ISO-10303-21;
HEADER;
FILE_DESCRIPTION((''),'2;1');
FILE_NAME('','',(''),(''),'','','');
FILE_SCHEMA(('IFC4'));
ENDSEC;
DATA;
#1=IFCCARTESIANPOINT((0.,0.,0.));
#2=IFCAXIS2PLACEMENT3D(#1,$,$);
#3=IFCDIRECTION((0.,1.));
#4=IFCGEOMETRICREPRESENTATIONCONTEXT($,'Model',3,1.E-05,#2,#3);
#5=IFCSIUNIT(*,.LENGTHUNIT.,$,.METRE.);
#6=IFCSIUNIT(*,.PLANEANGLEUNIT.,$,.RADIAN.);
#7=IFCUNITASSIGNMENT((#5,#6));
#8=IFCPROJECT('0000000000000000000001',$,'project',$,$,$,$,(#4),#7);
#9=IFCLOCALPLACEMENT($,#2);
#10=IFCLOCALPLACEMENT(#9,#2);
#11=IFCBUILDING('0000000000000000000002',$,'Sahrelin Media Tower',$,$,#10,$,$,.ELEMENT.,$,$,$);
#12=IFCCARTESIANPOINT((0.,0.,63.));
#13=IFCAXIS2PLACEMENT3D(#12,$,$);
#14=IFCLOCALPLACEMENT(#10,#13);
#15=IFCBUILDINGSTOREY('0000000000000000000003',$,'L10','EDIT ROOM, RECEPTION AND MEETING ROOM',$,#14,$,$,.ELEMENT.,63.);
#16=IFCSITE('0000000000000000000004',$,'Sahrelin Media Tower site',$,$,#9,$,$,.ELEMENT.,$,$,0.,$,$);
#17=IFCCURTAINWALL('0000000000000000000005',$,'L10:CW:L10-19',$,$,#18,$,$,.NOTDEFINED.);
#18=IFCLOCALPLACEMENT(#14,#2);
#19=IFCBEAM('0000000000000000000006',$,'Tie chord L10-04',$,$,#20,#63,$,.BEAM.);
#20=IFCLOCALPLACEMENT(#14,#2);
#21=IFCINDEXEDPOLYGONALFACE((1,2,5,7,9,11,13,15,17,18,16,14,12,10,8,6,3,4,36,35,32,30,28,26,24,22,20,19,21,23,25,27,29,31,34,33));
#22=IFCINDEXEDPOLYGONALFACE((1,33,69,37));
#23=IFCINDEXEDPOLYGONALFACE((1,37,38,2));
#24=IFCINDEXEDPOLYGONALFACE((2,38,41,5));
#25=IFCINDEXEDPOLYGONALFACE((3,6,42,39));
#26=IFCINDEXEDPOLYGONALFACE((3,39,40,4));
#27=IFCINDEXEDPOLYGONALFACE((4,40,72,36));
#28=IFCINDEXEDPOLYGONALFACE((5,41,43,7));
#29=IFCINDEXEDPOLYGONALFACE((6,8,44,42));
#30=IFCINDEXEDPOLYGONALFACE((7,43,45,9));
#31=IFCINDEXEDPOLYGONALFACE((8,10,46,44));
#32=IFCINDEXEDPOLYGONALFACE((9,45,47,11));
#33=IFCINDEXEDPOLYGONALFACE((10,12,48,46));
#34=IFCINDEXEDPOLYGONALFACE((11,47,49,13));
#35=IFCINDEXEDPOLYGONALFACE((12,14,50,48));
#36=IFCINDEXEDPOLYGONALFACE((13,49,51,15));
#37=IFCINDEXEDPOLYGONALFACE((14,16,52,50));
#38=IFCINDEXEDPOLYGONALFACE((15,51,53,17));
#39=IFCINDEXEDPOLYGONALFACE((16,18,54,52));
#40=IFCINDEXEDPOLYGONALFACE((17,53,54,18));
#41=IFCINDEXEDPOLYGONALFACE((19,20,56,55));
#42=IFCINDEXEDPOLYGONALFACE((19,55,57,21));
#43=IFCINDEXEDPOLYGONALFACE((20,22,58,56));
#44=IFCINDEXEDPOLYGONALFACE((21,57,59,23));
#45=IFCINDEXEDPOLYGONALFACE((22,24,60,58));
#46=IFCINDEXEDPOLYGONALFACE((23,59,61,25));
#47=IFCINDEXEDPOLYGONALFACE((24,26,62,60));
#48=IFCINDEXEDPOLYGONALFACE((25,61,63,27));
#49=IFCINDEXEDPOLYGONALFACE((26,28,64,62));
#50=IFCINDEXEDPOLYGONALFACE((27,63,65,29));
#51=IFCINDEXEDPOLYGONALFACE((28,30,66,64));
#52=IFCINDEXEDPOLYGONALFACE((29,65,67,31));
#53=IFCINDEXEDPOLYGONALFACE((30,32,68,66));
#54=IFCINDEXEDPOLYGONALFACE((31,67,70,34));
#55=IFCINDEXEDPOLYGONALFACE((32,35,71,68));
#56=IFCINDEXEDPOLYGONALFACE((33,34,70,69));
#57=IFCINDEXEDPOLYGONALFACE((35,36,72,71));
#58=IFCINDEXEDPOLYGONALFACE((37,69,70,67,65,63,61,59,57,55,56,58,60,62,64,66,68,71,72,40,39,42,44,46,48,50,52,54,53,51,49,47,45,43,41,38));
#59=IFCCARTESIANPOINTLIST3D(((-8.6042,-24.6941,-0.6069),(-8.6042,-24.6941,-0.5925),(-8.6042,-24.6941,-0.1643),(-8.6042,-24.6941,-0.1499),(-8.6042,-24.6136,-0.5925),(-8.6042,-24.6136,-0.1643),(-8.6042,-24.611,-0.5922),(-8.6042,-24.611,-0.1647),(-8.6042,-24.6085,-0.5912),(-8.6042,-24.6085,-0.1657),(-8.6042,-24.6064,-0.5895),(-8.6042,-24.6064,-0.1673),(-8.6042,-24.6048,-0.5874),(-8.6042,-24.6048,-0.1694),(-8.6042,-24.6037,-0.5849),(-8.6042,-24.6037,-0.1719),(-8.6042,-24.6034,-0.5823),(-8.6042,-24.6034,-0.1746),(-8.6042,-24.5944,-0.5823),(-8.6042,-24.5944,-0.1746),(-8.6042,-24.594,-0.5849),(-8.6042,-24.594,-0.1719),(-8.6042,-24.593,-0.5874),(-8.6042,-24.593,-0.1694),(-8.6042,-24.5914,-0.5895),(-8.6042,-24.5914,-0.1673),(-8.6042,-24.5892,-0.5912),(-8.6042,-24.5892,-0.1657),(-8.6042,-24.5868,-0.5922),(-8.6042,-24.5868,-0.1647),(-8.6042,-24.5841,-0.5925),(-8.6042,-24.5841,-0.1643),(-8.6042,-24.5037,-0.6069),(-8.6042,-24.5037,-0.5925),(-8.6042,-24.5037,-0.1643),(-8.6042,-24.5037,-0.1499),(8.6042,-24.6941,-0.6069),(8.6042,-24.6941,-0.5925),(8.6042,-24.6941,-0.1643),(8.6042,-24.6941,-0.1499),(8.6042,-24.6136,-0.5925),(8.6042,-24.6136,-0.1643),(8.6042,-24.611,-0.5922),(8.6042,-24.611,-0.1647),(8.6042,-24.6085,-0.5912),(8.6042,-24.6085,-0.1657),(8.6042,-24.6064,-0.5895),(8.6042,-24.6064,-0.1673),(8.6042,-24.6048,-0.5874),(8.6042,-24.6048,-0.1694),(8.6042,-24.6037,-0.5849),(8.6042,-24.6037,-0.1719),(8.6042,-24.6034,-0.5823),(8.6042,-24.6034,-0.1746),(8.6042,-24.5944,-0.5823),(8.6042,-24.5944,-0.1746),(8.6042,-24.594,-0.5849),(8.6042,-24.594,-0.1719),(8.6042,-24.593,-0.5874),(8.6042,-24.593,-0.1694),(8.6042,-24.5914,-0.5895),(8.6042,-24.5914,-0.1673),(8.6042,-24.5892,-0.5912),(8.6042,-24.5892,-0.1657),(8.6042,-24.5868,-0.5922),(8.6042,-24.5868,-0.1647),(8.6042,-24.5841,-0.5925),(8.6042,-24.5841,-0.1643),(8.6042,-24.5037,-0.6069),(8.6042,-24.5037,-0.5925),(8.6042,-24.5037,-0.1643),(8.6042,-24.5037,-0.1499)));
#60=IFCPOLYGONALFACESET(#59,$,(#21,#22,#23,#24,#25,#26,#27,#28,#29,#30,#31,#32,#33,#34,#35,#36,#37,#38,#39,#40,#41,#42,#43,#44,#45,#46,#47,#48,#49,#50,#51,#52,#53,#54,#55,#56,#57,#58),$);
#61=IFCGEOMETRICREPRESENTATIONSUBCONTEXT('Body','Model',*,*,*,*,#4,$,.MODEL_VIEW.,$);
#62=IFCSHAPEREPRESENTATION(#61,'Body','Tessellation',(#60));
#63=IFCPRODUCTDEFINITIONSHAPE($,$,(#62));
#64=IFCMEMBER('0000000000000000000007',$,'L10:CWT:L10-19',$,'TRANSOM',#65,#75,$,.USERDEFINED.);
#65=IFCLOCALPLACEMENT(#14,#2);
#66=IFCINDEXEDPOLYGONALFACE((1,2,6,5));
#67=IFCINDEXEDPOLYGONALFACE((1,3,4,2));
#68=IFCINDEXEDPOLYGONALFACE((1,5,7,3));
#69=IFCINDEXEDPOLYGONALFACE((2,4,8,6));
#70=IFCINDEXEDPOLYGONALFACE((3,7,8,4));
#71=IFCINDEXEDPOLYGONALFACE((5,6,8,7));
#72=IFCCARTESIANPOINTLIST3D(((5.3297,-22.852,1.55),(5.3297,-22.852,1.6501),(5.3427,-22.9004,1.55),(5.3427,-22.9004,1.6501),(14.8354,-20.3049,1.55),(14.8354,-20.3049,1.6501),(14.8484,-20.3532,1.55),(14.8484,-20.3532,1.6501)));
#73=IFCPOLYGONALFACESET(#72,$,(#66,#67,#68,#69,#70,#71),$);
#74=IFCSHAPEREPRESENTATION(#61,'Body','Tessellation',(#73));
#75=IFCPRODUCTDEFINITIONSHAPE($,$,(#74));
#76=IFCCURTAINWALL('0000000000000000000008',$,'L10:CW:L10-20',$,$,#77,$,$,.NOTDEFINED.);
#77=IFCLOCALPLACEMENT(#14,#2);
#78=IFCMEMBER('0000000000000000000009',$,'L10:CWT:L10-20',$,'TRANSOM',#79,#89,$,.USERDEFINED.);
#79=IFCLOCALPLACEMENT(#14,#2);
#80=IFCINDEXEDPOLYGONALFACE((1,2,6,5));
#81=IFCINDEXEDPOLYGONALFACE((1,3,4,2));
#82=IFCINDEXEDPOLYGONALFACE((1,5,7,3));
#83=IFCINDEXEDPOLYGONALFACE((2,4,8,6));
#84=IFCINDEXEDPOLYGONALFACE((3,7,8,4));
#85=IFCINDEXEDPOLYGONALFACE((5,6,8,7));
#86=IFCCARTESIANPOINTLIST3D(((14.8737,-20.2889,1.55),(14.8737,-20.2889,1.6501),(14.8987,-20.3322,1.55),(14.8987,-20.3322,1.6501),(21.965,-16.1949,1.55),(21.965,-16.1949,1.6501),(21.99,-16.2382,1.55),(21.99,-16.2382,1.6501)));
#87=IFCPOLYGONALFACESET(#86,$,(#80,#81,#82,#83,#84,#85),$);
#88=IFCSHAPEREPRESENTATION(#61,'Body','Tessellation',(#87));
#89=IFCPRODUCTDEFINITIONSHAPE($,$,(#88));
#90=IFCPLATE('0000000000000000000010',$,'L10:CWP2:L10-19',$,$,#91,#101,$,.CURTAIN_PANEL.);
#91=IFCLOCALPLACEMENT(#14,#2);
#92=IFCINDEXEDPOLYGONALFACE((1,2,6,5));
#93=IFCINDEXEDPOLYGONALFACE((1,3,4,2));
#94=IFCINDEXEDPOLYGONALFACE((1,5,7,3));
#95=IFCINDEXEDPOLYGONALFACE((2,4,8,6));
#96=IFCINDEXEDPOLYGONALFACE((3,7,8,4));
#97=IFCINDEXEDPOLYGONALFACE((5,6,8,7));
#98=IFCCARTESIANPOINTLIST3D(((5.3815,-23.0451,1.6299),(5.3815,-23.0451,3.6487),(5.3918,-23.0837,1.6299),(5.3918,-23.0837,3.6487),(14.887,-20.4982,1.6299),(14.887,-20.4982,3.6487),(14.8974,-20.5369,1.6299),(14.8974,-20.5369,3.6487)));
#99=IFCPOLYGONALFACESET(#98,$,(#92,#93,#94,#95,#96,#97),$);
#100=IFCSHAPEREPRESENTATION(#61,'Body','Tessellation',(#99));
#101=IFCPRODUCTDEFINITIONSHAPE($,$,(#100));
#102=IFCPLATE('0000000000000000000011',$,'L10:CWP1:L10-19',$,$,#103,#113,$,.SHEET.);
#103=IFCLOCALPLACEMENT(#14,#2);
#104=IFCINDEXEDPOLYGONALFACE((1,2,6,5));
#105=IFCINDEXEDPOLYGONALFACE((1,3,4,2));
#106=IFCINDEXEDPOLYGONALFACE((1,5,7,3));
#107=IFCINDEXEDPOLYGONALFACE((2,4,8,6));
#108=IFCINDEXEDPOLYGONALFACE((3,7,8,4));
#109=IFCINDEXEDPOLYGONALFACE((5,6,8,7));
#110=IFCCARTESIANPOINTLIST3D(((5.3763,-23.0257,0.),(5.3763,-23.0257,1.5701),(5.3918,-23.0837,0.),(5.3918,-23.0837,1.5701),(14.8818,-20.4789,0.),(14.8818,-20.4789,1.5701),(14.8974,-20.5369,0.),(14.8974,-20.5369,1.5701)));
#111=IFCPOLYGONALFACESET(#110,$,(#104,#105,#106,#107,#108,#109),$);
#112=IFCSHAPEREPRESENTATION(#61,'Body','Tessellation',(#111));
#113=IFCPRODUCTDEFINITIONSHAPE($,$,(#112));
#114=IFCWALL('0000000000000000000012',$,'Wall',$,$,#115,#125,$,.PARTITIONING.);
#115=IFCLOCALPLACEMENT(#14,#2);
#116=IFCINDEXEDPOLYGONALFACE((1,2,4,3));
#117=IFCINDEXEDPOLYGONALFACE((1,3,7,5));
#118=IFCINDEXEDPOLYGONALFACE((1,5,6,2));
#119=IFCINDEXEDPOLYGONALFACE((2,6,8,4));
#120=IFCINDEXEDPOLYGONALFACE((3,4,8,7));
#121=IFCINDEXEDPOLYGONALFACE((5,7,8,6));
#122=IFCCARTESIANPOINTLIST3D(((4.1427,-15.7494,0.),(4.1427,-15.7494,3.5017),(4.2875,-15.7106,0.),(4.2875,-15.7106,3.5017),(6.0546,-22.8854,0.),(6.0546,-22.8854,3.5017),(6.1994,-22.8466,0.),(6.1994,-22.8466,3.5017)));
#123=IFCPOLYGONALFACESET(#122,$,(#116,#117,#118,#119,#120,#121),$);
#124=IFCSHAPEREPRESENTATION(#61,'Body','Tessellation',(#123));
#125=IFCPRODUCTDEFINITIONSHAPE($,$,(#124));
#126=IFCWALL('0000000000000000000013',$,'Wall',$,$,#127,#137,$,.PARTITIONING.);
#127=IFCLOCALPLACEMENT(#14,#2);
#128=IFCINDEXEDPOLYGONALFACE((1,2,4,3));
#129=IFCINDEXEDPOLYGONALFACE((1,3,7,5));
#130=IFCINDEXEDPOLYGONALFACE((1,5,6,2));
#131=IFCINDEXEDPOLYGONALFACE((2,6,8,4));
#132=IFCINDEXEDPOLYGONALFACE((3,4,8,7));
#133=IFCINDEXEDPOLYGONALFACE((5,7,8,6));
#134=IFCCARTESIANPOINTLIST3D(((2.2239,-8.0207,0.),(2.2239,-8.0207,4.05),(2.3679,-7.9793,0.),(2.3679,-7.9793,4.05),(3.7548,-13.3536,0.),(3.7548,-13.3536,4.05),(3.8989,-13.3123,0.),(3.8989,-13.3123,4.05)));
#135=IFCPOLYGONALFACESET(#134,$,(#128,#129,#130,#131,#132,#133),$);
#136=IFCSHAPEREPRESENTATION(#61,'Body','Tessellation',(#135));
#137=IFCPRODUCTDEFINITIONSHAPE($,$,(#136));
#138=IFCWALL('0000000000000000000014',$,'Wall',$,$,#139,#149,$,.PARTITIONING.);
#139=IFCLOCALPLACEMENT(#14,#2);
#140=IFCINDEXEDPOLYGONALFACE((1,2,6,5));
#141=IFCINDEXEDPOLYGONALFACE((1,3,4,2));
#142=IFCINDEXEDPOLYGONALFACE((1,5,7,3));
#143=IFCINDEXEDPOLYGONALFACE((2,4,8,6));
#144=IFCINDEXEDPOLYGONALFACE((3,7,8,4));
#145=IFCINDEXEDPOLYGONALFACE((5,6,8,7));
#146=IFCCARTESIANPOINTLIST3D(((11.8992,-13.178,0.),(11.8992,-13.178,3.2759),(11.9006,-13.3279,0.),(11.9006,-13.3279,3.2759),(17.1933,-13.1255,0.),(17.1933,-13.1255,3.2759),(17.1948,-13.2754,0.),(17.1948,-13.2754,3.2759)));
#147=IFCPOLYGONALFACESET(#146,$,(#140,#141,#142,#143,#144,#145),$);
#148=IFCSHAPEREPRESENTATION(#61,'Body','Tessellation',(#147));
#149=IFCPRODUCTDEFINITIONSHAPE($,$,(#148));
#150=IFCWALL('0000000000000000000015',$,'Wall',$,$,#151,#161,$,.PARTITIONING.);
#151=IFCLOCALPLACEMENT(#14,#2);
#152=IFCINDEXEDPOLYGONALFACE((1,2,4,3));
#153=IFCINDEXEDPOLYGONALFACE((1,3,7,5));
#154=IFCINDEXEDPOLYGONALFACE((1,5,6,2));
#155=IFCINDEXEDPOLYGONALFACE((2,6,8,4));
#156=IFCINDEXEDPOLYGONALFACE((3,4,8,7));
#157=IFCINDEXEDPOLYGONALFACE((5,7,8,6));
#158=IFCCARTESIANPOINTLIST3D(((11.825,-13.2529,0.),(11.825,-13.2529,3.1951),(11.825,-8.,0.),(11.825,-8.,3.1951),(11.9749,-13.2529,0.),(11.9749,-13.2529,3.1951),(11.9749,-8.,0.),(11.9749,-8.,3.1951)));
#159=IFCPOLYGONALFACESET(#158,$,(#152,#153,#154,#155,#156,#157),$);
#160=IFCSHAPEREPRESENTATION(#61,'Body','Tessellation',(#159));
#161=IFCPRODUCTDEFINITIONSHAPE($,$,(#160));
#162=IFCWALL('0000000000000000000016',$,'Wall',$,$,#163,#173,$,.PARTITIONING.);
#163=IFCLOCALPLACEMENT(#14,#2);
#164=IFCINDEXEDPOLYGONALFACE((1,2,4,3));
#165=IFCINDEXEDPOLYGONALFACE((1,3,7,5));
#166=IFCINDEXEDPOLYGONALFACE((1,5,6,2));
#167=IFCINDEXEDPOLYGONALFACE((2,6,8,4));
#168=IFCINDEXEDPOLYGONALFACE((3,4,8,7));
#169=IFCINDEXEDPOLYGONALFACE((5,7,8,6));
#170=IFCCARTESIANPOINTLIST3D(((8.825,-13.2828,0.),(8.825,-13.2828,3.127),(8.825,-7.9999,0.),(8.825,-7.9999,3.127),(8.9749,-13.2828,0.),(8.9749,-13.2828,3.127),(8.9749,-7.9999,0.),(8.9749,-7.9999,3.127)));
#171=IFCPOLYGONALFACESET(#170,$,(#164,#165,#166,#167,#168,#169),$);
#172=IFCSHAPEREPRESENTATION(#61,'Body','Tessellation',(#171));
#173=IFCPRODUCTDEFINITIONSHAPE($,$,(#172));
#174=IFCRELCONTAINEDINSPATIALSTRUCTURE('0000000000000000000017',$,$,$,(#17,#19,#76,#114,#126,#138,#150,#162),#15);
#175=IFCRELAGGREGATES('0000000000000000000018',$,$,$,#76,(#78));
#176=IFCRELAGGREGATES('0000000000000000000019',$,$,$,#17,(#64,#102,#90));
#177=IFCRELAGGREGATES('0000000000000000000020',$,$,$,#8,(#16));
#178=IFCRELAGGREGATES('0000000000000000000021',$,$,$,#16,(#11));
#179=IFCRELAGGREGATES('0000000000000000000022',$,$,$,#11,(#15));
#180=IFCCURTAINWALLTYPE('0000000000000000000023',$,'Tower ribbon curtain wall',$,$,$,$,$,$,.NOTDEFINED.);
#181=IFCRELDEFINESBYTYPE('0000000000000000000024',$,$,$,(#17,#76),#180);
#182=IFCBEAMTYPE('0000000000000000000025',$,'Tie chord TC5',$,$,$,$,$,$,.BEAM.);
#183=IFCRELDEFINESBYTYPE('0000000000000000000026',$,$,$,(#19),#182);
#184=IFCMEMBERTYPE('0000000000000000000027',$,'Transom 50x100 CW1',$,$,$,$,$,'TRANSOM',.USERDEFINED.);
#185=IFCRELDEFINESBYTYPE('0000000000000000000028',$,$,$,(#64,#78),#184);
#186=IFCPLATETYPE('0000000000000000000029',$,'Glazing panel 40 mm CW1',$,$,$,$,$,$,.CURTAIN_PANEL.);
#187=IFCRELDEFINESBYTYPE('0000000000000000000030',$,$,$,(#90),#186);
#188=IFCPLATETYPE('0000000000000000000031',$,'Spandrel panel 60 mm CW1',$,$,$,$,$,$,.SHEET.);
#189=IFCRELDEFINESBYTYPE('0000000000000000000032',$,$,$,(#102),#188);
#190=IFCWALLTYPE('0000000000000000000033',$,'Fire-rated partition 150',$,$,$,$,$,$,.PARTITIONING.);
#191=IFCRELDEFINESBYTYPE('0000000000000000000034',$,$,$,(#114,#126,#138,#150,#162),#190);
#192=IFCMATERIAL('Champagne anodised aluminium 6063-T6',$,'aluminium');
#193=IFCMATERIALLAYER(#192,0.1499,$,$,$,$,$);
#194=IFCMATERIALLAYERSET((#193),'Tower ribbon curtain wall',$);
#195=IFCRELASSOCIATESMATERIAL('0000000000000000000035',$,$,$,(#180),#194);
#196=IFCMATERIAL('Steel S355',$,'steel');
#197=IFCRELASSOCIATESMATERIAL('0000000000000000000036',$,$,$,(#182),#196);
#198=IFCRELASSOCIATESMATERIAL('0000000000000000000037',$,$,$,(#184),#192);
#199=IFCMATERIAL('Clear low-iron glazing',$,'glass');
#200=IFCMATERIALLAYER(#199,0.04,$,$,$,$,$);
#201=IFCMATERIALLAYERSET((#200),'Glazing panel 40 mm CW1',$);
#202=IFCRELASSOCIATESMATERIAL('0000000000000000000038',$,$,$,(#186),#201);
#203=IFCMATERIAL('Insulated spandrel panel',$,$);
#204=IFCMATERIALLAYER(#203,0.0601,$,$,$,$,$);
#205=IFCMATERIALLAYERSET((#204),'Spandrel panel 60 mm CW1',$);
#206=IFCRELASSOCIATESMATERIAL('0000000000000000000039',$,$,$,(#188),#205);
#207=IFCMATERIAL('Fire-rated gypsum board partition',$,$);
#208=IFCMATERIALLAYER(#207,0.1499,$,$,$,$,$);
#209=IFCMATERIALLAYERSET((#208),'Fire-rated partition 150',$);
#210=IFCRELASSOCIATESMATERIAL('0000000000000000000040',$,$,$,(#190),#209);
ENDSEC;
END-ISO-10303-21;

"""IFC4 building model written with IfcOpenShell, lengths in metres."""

from ifc_helpers import new_model, si_unit, direction, frame, frame_2d, origin, origin_2d, place, context, subcontext, project, spatial, polyline, rectangle, i_section, outline, extrude, material, layer, layer_set, material_profile, profile_set, type_object, element, aggregate, save


model = new_model("IFC4")

# Units and contexts
model_context = context("Model", 3, precision=1e-05, world=origin(), true_north=direction((0.0, 1.0)))
body_context = subcontext(model_context, "Body", "Model", "MODEL_VIEW")
ifc_project = project(units=[si_unit("LENGTHUNIT", "METRE"), si_unit("PLANEANGLEUNIT", "RADIAN")], contexts=[model_context])

# Site, building, storey
site_placement = place(None, origin())
site = spatial("IfcSite", under=ifc_project, at=site_placement, Name="Sahrelin Media Tower site", CompositionType="ELEMENT", RefElevation=0.0)
building_placement = place(site_placement, origin())
building = spatial("IfcBuilding", under=site, at=building_placement, Name="Sahrelin Media Tower", CompositionType="ELEMENT")
storey_placement = place(building_placement, frame((0.0, 0.0, 63.0)))
storey = spatial("IfcBuildingStorey", under=building, at=storey_placement, Name="L10", Description="EDIT ROOM, RECEPTION AND MEETING ROOM", CompositionType="ELEMENT", Elevation=63.0)

# Shared definitions
ifc_material_1 = material(Name="Steel S355", Category="steel")

# Curtain wall
ifc_material_2 = material(Name="Champagne anodised aluminium 6063-T6", Category="aluminium")
ifc_layer_1 = layer(ifc_material_2, 0.1499)
ifc_layer_set_1 = layer_set([ifc_layer_1], Name="Tower ribbon curtain wall")
curtain_wall_type = type_object("IfcCurtainWallType", Name="Tower ribbon curtain wall", PredefinedType="NOTDEFINED", material=ifc_layer_set_1)
curtain_wall_1_placement = place(storey_placement, frame((10.1394, -21.791, 0.0), z_axis=(0.0, 0.0, 1.0), x_axis=(1.0, 0.0, 0.0)))
curtain_wall_1 = element("IfcCurtainWall", 1, at=curtain_wall_1_placement, inside=storey, type_object=curtain_wall_type, Name="L10:CW:L10-19", PredefinedType="NOTDEFINED")

# Beam
ifc_material_profile_1 = material_profile(ifc_material_1, i_section(OverallWidth=0.1904, OverallDepth=0.457, WebThickness=0.009, FlangeThickness=0.0144, FilletRadius=0.0103, at=origin_2d()), Name="UB 457x191x74")
ifc_profile_set_1 = profile_set([ifc_material_profile_1], Name="Steel S355")
beam_type_1 = type_object("IfcBeamType", Name="Tie chord TC5", PredefinedType="BEAM", material=ifc_profile_set_1)
beam_1_placement = place(storey_placement, frame((8.6042, -24.5989, -0.3784), z_axis=(-1.0, 0.0, 0.0), x_axis=(0.0, -1.0, 0.0)))
element("IfcBeam", 2, at=beam_1_placement, inside=storey, type_object=beam_type_1, Name="Tie chord L10-04", PredefinedType="BEAM", context=body_context, shape_type="SweptSolid", body=[
    extrude(i_section(OverallWidth=0.1904, OverallDepth=0.457, WebThickness=0.009, FlangeThickness=0.0144, FilletRadius=0.0103, at=origin_2d()), origin(), (0.0, 0.0, 1.0), 17.2085),
])

# Member
ifc_material_profile_2 = material_profile(ifc_material_2, rectangle(XDim=0.05, YDim=0.1001, at=origin_2d()), Name="Transom 50x100")
ifc_profile_set_2 = profile_set([ifc_material_profile_2], Name="Champagne anodised aluminium 6063-T6")
member_type_1 = type_object("IfcMemberType", Name="Transom 50x100 CW1", ElementType="TRANSOM", PredefinedType="USERDEFINED", material=ifc_profile_set_2)
member_1_placement = place(storey_placement, frame((5.3362, -22.8762, 1.6001), z_axis=(0.965923, 0.258828, 0.0), x_axis=(-0.258828, 0.965923, 0.0)))
member_1 = element("IfcMember", 3, at=member_1_placement, type_object=member_type_1, Name="L10:CWT:L10-19", ObjectType="TRANSOM", PredefinedType="USERDEFINED", context=body_context, shape_type="SweptSolid", body=[
    extrude(rectangle(XDim=0.05, YDim=0.1001, at=origin_2d()), origin(), (0.0, 0.0, 1.0), 9.8411),
])

# Curtain wall, member
curtain_wall_2_placement = place(storey_placement, frame((18.5293, -18.4326, 0.0), z_axis=(0.0, 0.0, 1.0), x_axis=(1.0, 0.0, 0.0)))
curtain_wall_2 = element("IfcCurtainWall", 4, at=curtain_wall_2_placement, inside=storey, type_object=curtain_wall_type, Name="L10:CW:L10-20", PredefinedType="NOTDEFINED")
member_2_placement = place(storey_placement, frame((14.8862, -20.3105, 1.6001), z_axis=(0.866035, 0.499984, 0.0), x_axis=(-0.499984, 0.866035, 0.0)))
member_2 = element("IfcMember", 5, at=member_2_placement, type_object=member_type_1, Name="L10:CWT:L10-20", ObjectType="TRANSOM", PredefinedType="USERDEFINED", context=body_context, shape_type="SweptSolid", body=[
    extrude(rectangle(XDim=0.05, YDim=0.1001, at=origin_2d()), origin(), (0.0, 0.0, 1.0), 8.1882),
])
aggregate(curtain_wall_2, [member_2])

# Plates
ifc_material_3 = material(Name="Clear low-iron glazing", Category="glass")
ifc_layer_2 = layer(ifc_material_3, 0.04)
ifc_layer_set_2 = layer_set([ifc_layer_2], Name="Glazing panel 40 mm CW1")
plate_type_1 = type_object("IfcPlateType", Name="Glazing panel 40 mm CW1", PredefinedType="CURTAIN_PANEL", material=ifc_layer_set_2)
plate_1_placement = place(storey_placement, frame((5.3918, -23.0837, 1.6299), z_axis=(0.258805, -0.96593, 0.0), x_axis=(0.96593, 0.258805, 0.0)))
plate_1 = element("IfcPlate", 6, at=plate_1_placement, type_object=plate_type_1, Name="L10:CWP2:L10-19", PredefinedType="CURTAIN_PANEL", context=body_context, shape_type="SweptSolid", body=[
    extrude(outline(polyline([(0.0, 0.0), (9.8408, 0.0), (9.8408, 2.0188), (0.0, 2.0188), (0.0, 0.0)])), origin(), (0.0, 0.0, -1.0), 0.04),
])
ifc_material_4 = material(Name="Insulated spandrel panel")
ifc_layer_3 = layer(ifc_material_4, 0.0601)
ifc_layer_set_3 = layer_set([ifc_layer_3], Name="Spandrel panel 60 mm CW1")
plate_type_2 = type_object("IfcPlateType", Name="Spandrel panel 60 mm CW1", PredefinedType="SHEET", material=ifc_layer_set_3)
plate_2_placement = place(storey_placement, frame((5.3918, -23.0837, 0.0), z_axis=(0.258805, -0.96593, 0.0), x_axis=(0.96593, 0.258805, 0.0)))
plate_2 = element("IfcPlate", 7, at=plate_2_placement, type_object=plate_type_2, Name="L10:CWP1:L10-19", PredefinedType="SHEET", context=body_context, shape_type="SweptSolid", body=[
    extrude(outline(polyline([(0.0, 0.0), (9.8408, 0.0), (9.8408, 1.5701), (0.0, 1.5701), (0.0, 0.0)])), origin(), (0.0, 0.0, -1.0), 0.0601),
])
aggregate(curtain_wall_1, [member_1, plate_2, plate_1])

# Walls
ifc_material_5 = material(Name="Fire-rated gypsum board partition")
ifc_layer_4 = layer(ifc_material_5, 0.1499)
ifc_layer_set_4 = layer_set([ifc_layer_4], Name="Fire-rated partition 150")
wall_type = type_object("IfcWallType", Name="Fire-rated partition 150", PredefinedType="PARTITIONING", material=ifc_layer_set_4)
wall_1_placement = place(storey_placement, frame((4.2151, -15.73, 0.0), z_axis=(0.0, 0.0, 1.0), x_axis=(0.258792, -0.965933, 0.0)))
element("IfcWall", 8, at=wall_1_placement, inside=storey, type_object=wall_type, Name="Wall", PredefinedType="PARTITIONING", context=body_context, shape_type="SweptSolid", body=[
    extrude(rectangle(XDim=7.3877, YDim=0.1499, at=frame_2d((3.6938, 0.0))), origin(), (0.0, 0.0, 1.0), 3.5017),
])
wall_2_placement = place(storey_placement, frame((2.2959, -8.0, 0.0), z_axis=(0.0, 0.0, 1.0), x_axis=(0.275936, -0.961176, 0.0)))
element("IfcWall", 9, at=wall_2_placement, inside=storey, type_object=wall_type, Name="Wall", PredefinedType="PARTITIONING", context=body_context, shape_type="SweptSolid", body=[
    extrude(rectangle(XDim=5.5483, YDim=0.1499, at=frame_2d((2.7742, 0.0))), origin(), (0.0, 0.0, 1.0), 4.05),
])
wall_3_placement = place(storey_placement, frame((11.8999, -13.2529, 0.0), z_axis=(0.0, 0.0, 1.0), x_axis=(0.999951, 0.009914, 0.0)))
element("IfcWall", 10, at=wall_3_placement, inside=storey, type_object=wall_type, Name="Wall", PredefinedType="PARTITIONING", context=body_context, shape_type="SweptSolid", body=[
    extrude(rectangle(XDim=5.2944, YDim=0.1499, at=frame_2d((2.6472, 0.0))), origin(), (0.0, 0.0, 1.0), 3.2759),
])
wall_4_placement = place(storey_placement, frame((11.8999, -13.2529, 0.0), z_axis=(0.0, 0.0, 1.0), x_axis=(0.0, 1.0, 0.0)))
element("IfcWall", 11, at=wall_4_placement, inside=storey, type_object=wall_type, Name="Wall", PredefinedType="PARTITIONING", context=body_context, shape_type="SweptSolid", body=[
    extrude(rectangle(XDim=5.2529, YDim=0.1499, at=frame_2d((2.6265, 0.0))), origin(), (0.0, 0.0, 1.0), 3.1951),
])
wall_5_placement = place(storey_placement, frame((8.8999, -13.283, 0.0), z_axis=(0.0, 0.0, 1.0), x_axis=(0.0, 1.0, 0.0)))
element("IfcWall", 12, at=wall_5_placement, inside=storey, type_object=wall_type, Name="Wall", PredefinedType="PARTITIONING", context=body_context, shape_type="SweptSolid", body=[
    extrude(rectangle(XDim=5.283, YDim=0.1499, at=frame_2d((2.6416, 0.0))), origin(), (0.0, 0.0, 1.0), 3.127),
])

save(model, "model.ifc")
